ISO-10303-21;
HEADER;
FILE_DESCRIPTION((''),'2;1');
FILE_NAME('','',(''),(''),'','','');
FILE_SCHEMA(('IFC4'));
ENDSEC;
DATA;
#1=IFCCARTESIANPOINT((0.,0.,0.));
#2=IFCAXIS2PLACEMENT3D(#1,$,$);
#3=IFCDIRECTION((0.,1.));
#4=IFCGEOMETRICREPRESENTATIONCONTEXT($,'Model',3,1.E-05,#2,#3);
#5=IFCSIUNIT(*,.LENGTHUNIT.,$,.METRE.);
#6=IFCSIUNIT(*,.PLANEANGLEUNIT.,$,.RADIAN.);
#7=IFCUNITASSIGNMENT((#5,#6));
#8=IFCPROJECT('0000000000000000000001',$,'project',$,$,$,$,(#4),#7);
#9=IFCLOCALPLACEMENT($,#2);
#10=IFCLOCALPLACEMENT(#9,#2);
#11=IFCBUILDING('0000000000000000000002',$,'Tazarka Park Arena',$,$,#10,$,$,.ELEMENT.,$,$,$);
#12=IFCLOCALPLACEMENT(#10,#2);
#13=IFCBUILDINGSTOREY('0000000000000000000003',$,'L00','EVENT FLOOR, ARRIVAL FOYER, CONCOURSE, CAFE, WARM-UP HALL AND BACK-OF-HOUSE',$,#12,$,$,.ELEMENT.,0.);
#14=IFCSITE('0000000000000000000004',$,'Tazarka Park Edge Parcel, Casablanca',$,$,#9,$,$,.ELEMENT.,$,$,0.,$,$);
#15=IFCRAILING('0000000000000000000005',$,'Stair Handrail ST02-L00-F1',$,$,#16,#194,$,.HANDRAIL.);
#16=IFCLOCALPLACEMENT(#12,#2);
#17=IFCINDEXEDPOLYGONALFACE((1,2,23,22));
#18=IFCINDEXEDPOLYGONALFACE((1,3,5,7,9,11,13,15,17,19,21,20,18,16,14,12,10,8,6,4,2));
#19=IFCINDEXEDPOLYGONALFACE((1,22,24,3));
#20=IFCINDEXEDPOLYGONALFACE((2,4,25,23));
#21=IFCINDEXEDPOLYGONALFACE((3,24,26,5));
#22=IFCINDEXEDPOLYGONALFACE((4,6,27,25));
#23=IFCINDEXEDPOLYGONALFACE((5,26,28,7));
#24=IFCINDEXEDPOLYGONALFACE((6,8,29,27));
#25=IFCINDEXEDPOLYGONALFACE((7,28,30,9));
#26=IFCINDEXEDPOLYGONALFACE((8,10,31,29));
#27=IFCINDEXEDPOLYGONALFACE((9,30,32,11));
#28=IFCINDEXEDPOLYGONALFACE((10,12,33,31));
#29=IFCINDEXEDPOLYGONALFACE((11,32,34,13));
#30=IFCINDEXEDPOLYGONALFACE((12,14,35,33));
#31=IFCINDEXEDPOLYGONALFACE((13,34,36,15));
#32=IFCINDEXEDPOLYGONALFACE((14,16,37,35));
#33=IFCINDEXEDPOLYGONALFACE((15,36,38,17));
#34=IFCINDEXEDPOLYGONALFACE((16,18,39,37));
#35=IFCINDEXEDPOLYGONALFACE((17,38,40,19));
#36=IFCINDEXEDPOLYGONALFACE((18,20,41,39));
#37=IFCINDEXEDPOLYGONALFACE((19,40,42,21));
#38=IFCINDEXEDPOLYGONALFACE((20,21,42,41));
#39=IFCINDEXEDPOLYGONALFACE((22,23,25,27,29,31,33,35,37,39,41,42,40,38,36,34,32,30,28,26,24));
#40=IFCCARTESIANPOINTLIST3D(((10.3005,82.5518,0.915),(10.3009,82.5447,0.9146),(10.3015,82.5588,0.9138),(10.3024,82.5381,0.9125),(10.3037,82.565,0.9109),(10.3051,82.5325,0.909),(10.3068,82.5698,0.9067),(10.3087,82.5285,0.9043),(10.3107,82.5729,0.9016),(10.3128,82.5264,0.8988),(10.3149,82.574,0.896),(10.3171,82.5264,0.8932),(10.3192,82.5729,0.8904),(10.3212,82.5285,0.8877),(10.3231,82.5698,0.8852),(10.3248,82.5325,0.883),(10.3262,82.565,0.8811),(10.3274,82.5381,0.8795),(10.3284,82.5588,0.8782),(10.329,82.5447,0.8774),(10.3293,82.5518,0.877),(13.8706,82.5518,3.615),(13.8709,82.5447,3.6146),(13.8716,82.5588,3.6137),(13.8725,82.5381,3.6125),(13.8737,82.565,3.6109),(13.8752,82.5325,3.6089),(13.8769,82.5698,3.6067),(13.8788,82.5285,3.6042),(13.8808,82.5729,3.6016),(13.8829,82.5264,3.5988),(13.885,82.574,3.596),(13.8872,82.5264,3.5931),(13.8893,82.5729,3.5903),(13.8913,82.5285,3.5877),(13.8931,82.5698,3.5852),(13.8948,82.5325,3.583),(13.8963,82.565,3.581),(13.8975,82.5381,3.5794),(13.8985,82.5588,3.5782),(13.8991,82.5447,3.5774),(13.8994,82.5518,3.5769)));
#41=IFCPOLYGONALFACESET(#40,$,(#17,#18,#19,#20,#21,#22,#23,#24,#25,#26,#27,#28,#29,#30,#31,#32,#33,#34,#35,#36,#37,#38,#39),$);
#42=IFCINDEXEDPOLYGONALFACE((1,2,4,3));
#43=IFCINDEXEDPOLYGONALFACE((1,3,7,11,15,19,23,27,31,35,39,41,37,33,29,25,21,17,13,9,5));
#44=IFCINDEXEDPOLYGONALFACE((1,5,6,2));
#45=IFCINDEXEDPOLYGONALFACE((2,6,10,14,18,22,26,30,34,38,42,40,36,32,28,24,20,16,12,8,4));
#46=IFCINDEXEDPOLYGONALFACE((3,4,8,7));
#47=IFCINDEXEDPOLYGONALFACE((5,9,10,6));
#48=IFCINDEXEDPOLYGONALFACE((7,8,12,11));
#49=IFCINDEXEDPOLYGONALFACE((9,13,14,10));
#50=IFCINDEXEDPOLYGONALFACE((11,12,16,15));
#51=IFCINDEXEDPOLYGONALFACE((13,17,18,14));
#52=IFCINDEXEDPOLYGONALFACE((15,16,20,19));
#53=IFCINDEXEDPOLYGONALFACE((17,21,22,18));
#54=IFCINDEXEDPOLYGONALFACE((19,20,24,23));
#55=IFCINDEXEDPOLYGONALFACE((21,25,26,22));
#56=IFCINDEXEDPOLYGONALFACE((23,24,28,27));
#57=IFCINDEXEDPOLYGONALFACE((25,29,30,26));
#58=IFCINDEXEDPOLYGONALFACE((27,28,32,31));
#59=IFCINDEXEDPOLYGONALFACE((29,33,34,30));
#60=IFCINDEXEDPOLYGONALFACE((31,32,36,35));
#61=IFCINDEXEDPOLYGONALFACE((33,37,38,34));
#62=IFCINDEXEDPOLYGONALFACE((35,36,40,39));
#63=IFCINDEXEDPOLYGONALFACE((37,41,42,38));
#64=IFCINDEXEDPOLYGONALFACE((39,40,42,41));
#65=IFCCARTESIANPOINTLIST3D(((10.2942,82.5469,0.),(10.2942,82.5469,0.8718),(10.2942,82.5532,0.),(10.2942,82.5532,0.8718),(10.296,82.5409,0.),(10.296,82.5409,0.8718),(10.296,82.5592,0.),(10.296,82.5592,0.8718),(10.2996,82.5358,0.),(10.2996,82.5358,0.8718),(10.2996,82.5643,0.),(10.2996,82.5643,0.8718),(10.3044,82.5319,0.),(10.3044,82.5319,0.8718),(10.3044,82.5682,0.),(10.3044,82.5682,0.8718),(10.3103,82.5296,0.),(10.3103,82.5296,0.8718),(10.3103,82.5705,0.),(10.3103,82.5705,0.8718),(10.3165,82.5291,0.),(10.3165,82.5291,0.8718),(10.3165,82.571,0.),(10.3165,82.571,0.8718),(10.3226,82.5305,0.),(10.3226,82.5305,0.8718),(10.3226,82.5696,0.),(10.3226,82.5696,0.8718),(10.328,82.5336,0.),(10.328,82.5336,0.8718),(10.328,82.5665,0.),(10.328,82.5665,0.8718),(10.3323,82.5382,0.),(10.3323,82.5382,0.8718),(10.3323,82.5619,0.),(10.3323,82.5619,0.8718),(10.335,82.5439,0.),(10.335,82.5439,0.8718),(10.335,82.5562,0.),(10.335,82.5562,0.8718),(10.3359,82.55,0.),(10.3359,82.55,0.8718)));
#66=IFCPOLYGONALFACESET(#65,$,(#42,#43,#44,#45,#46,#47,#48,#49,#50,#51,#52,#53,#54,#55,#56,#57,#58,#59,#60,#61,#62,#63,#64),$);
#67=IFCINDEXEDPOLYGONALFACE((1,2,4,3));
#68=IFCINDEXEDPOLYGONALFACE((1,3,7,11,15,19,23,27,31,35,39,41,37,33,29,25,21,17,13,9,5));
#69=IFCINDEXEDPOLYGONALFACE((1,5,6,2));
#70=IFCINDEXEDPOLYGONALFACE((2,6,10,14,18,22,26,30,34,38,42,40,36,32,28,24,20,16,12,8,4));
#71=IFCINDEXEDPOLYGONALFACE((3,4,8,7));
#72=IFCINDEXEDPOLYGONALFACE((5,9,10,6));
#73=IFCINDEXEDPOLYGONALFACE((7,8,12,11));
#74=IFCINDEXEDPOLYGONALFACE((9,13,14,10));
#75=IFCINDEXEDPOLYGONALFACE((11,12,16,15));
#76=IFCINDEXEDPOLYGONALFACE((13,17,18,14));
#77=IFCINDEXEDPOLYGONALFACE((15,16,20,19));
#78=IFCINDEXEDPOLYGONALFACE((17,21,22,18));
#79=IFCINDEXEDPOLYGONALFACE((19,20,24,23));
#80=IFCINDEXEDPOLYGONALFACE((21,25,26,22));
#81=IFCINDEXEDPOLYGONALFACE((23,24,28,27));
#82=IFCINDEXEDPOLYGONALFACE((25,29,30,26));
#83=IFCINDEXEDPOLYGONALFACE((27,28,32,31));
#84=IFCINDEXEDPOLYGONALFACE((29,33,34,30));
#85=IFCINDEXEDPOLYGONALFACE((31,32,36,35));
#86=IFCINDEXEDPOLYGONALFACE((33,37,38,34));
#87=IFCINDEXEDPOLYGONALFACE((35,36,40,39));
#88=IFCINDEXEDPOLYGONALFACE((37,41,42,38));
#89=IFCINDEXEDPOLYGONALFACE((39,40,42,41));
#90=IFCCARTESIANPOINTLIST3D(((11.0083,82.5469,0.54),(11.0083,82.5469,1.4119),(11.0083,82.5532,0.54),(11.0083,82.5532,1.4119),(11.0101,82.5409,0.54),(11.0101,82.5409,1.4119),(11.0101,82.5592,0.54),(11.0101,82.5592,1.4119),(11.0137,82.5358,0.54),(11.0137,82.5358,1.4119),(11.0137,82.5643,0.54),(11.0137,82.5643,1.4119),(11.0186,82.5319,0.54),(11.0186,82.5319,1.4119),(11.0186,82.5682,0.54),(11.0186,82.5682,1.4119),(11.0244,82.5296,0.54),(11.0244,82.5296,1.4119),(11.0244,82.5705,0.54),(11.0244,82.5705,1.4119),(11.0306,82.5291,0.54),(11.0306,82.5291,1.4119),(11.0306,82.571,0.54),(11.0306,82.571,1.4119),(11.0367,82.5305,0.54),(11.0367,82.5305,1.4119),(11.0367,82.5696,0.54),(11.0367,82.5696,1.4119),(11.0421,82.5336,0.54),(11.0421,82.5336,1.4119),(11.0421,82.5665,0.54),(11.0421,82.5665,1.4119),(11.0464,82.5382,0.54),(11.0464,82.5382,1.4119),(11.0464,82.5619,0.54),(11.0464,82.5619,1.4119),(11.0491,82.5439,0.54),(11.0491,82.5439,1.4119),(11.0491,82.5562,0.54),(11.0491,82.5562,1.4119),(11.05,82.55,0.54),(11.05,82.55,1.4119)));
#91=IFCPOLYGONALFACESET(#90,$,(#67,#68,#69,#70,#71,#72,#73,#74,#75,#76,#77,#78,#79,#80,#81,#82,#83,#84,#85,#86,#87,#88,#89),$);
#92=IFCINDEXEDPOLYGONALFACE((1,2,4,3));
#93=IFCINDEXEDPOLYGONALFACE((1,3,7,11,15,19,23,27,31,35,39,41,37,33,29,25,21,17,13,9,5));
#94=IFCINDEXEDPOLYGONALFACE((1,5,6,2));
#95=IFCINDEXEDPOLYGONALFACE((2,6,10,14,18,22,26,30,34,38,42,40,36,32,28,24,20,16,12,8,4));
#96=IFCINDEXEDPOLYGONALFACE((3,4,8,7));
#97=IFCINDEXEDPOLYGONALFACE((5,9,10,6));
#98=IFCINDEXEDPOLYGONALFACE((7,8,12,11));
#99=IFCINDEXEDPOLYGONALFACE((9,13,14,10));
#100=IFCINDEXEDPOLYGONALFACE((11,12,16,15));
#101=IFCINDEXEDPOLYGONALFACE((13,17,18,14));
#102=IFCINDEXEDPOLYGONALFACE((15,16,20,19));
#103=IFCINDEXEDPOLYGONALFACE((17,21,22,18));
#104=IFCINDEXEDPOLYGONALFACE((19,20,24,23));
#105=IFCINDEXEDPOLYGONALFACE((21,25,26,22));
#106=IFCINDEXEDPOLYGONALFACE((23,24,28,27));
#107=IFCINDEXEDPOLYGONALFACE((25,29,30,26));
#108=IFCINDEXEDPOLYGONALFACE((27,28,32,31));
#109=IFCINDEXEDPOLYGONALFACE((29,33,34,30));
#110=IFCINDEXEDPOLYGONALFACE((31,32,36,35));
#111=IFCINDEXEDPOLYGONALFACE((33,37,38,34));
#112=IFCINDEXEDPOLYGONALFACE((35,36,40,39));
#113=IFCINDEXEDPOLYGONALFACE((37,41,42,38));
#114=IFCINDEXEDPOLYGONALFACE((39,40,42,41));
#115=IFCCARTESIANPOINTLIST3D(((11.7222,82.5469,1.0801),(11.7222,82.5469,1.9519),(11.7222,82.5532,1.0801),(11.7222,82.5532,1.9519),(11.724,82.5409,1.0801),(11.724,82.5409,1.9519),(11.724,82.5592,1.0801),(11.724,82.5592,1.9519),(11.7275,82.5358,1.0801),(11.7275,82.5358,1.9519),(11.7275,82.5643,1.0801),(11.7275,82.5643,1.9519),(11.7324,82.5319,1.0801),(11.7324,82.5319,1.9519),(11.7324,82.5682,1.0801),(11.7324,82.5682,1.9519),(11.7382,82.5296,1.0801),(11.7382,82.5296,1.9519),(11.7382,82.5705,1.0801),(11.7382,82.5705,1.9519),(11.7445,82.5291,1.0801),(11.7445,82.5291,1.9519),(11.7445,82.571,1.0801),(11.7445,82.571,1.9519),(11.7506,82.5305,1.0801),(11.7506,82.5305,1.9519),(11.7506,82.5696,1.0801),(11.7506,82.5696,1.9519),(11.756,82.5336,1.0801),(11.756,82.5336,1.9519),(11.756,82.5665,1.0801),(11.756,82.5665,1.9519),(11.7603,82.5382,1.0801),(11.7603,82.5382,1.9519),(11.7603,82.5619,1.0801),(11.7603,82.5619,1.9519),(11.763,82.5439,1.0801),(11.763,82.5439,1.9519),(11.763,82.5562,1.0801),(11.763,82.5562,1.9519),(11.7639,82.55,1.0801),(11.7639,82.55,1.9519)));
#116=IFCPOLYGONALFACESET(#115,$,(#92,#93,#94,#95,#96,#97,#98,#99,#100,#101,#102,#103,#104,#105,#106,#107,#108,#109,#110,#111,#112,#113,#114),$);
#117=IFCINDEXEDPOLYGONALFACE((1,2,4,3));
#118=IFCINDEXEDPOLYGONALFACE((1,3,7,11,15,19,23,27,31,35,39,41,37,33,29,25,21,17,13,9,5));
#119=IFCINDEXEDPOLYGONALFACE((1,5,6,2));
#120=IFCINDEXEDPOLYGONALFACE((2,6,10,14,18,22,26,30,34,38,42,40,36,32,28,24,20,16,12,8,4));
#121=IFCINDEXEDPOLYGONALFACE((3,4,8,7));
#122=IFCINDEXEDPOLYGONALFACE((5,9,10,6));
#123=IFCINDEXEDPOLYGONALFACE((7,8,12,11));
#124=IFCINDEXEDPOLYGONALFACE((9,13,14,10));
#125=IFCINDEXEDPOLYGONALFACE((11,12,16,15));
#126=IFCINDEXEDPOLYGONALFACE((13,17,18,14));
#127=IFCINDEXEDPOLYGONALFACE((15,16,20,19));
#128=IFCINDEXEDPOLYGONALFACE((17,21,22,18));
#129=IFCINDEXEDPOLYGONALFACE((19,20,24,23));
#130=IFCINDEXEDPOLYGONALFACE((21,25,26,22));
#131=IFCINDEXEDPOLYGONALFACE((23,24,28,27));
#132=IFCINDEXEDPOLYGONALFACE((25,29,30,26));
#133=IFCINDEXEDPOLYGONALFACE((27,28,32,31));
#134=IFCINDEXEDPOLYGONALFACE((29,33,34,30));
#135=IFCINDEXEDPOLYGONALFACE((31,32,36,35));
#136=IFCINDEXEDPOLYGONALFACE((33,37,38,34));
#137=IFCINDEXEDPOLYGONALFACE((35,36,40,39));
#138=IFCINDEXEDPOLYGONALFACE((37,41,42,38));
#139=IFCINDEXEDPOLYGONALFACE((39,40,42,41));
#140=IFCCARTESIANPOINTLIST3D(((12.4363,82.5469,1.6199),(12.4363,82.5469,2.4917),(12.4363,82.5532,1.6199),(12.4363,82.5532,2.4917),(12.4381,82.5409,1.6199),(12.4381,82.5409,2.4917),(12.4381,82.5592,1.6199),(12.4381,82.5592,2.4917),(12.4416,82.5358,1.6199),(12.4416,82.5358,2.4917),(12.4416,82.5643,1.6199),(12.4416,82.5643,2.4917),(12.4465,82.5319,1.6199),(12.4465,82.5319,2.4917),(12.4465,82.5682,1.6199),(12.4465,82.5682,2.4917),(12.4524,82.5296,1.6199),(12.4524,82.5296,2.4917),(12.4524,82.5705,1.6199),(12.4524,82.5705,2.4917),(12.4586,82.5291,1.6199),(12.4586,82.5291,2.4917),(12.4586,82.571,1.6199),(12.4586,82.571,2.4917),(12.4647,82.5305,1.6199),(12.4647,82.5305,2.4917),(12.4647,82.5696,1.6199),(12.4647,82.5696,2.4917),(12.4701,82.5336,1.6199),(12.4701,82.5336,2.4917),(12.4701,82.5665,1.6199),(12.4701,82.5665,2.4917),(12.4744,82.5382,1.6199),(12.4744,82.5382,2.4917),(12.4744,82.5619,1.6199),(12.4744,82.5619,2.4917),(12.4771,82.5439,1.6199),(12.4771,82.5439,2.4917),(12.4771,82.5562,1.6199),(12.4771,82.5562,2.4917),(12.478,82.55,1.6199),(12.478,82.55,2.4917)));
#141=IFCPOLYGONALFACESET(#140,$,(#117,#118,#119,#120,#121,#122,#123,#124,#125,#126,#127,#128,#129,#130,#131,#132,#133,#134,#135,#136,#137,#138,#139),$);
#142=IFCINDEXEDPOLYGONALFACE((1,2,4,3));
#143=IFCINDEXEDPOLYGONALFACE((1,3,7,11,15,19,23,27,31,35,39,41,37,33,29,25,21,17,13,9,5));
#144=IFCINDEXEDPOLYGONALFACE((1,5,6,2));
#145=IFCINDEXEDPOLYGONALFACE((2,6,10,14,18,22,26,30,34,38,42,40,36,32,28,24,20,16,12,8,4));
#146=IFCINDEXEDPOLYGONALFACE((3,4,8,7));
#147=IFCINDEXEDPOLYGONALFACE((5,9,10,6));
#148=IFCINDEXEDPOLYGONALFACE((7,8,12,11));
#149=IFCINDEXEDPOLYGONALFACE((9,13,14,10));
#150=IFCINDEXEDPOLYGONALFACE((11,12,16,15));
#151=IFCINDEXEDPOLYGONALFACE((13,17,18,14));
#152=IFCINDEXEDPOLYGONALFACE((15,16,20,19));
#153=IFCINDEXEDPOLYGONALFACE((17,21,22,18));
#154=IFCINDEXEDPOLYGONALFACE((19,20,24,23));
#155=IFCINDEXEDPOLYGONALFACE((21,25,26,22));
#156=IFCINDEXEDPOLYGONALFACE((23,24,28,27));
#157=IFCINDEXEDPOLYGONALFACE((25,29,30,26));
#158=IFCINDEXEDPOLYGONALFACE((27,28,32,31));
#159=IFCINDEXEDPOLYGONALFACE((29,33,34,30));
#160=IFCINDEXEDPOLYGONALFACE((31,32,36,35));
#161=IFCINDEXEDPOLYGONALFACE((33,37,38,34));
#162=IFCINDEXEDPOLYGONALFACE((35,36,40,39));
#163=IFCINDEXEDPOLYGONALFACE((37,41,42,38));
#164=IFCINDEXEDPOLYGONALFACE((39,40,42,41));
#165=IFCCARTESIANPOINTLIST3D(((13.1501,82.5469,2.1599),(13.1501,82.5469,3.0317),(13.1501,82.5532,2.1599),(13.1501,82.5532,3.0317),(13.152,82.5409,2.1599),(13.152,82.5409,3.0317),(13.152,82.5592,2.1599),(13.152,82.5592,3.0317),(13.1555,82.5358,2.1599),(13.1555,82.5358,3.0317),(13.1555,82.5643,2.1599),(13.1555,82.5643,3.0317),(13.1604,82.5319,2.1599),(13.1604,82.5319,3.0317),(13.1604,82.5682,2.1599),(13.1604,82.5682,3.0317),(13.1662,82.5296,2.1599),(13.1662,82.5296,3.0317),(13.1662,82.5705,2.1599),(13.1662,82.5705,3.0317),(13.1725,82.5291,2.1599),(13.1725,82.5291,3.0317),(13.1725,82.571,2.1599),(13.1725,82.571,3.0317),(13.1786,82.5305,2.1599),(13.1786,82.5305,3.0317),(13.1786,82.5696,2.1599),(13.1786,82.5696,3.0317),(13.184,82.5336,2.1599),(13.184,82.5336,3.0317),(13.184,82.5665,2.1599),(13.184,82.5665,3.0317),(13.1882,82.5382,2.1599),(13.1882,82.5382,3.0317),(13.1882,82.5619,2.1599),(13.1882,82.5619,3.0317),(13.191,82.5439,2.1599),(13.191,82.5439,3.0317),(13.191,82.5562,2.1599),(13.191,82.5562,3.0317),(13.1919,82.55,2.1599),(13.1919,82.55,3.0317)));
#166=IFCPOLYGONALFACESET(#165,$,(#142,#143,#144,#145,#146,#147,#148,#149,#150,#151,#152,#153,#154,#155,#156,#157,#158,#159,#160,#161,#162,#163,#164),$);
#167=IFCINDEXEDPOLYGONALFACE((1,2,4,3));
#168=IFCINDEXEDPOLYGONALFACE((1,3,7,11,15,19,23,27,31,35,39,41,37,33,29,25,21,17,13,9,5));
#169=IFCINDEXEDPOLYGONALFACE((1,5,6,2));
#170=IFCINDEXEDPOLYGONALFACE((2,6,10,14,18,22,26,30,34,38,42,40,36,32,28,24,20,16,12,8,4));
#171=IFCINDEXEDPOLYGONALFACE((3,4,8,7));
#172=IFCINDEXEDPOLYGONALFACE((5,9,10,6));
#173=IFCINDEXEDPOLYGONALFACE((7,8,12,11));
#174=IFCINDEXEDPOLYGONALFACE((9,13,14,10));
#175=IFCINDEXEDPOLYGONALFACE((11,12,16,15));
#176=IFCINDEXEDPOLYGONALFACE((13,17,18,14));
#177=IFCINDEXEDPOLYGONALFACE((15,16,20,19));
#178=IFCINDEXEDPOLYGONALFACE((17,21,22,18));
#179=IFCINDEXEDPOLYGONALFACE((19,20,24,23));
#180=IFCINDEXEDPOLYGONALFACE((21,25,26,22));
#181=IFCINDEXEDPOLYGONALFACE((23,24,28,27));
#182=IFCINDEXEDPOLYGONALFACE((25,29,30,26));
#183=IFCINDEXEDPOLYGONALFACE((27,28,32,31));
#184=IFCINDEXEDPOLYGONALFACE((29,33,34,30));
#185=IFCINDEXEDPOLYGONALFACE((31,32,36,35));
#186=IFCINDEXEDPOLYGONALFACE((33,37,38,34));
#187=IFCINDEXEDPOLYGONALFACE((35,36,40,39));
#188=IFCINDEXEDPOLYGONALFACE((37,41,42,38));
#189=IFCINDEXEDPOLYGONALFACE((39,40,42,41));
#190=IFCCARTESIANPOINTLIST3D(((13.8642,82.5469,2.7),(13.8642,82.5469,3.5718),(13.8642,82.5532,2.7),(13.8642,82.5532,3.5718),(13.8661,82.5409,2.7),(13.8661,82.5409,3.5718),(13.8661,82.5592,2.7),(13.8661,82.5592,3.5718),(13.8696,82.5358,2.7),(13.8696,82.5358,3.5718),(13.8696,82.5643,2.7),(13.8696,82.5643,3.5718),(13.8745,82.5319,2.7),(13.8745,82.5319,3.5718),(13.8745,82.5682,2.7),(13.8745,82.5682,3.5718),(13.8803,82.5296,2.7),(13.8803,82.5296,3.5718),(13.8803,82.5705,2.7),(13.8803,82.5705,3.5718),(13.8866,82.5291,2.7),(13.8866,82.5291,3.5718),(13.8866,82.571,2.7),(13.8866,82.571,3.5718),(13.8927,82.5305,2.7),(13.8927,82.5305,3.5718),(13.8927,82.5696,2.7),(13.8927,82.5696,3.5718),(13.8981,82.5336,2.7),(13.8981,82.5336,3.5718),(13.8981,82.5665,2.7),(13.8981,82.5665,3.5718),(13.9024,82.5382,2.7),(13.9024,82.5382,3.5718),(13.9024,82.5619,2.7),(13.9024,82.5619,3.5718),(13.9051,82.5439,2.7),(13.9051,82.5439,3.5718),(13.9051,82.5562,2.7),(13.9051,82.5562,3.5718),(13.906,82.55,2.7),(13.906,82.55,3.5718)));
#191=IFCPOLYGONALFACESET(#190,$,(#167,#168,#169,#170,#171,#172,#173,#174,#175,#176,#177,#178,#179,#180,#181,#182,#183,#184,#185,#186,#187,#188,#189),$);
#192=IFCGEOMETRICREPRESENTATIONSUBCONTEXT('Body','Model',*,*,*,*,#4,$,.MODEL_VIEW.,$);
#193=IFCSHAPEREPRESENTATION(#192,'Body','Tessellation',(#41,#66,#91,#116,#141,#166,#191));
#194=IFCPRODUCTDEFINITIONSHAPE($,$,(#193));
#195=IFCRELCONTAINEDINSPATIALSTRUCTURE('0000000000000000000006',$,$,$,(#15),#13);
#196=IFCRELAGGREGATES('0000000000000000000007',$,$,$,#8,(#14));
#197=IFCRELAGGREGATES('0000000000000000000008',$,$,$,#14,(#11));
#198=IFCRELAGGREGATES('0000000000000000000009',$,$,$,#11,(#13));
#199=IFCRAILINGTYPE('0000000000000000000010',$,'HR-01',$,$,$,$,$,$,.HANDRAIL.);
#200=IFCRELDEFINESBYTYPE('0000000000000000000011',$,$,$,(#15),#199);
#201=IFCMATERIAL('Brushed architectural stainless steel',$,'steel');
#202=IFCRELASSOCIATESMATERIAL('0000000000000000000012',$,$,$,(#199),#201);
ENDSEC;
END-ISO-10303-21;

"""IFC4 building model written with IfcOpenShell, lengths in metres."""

from ifc_helpers import new_model, si_unit, direction, frame, origin, origin_2d, place, context, subcontext, project, spatial, circle, extrude, material, type_object, element, save


model = new_model("IFC4")

# Units and contexts
model_context = context("Model", 3, precision=1e-05, world=origin(), true_north=direction((0.0, 1.0)))
body_context = subcontext(model_context, "Body", "Model", "MODEL_VIEW")
ifc_project = project(units=[si_unit("LENGTHUNIT", "METRE"), si_unit("PLANEANGLEUNIT", "RADIAN")], contexts=[model_context])

# Site, building, storey
site_placement = place(None, origin())
site = spatial("IfcSite", under=ifc_project, at=site_placement, Name="Tazarka Park Edge Parcel, Casablanca", CompositionType="ELEMENT", RefElevation=0.0)
building_placement = place(site_placement, origin())
building = spatial("IfcBuilding", under=site, at=building_placement, Name="Tazarka Park Arena", CompositionType="ELEMENT")
storey_placement = place(building_placement, origin())
storey = spatial("IfcBuildingStorey", under=building, at=storey_placement, Name="L00", Description="EVENT FLOOR, ARRIVAL FOYER, CONCOURSE, CAFE, WARM-UP HALL AND BACK-OF-HOUSE", CompositionType="ELEMENT", Elevation=0.0)

# Railing
ifc_material_1 = material(Name="Brushed architectural stainless steel", Category="steel")
railing_type_1 = type_object("IfcRailingType", Name="HR-01", PredefinedType="HANDRAIL", material=ifc_material_1)
railing_placement = place(storey_placement, frame((10.3149, 82.55, 0.0)))
element("IfcRailing", 1, at=railing_placement, inside=storey, type_object=railing_type_1, Name="Stair Handrail ST02-L00-F1", PredefinedType="HANDRAIL", context=body_context, shape_type="SweptSolid", body=[
    extrude(circle(Radius=0.0239, at=origin_2d()), frame((0.0, 0.0, 0.896), z_axis=(0.797591, 0.0, 0.603198), x_axis=(0.0, 1.0, 0.0)), (0.0, 0.0, 1.0), 4.4761),
    extrude(circle(Radius=0.021, at=origin_2d()), origin(), (0.0, 0.0, 1.0), 0.8718),
    extrude(circle(Radius=0.021, at=origin_2d()), frame((0.7141, 0.0, 0.54)), (0.0, 0.0, 1.0), 0.8718),
    extrude(circle(Radius=0.021, at=origin_2d()), frame((1.428, 0.0, 1.0801)), (0.0, 0.0, 1.0), 0.8718),
    extrude(circle(Radius=0.021, at=origin_2d()), frame((2.1421, 0.0, 1.6199)), (0.0, 0.0, 1.0), 0.8718),
    extrude(circle(Radius=0.021, at=origin_2d()), frame((2.856, 0.0, 2.1599)), (0.0, 0.0, 1.0), 0.8718),
    extrude(circle(Radius=0.021, at=origin_2d()), frame((3.5701, 0.0, 2.7)), (0.0, 0.0, 1.0), 0.8718),
])

save(model, "model.ifc")
